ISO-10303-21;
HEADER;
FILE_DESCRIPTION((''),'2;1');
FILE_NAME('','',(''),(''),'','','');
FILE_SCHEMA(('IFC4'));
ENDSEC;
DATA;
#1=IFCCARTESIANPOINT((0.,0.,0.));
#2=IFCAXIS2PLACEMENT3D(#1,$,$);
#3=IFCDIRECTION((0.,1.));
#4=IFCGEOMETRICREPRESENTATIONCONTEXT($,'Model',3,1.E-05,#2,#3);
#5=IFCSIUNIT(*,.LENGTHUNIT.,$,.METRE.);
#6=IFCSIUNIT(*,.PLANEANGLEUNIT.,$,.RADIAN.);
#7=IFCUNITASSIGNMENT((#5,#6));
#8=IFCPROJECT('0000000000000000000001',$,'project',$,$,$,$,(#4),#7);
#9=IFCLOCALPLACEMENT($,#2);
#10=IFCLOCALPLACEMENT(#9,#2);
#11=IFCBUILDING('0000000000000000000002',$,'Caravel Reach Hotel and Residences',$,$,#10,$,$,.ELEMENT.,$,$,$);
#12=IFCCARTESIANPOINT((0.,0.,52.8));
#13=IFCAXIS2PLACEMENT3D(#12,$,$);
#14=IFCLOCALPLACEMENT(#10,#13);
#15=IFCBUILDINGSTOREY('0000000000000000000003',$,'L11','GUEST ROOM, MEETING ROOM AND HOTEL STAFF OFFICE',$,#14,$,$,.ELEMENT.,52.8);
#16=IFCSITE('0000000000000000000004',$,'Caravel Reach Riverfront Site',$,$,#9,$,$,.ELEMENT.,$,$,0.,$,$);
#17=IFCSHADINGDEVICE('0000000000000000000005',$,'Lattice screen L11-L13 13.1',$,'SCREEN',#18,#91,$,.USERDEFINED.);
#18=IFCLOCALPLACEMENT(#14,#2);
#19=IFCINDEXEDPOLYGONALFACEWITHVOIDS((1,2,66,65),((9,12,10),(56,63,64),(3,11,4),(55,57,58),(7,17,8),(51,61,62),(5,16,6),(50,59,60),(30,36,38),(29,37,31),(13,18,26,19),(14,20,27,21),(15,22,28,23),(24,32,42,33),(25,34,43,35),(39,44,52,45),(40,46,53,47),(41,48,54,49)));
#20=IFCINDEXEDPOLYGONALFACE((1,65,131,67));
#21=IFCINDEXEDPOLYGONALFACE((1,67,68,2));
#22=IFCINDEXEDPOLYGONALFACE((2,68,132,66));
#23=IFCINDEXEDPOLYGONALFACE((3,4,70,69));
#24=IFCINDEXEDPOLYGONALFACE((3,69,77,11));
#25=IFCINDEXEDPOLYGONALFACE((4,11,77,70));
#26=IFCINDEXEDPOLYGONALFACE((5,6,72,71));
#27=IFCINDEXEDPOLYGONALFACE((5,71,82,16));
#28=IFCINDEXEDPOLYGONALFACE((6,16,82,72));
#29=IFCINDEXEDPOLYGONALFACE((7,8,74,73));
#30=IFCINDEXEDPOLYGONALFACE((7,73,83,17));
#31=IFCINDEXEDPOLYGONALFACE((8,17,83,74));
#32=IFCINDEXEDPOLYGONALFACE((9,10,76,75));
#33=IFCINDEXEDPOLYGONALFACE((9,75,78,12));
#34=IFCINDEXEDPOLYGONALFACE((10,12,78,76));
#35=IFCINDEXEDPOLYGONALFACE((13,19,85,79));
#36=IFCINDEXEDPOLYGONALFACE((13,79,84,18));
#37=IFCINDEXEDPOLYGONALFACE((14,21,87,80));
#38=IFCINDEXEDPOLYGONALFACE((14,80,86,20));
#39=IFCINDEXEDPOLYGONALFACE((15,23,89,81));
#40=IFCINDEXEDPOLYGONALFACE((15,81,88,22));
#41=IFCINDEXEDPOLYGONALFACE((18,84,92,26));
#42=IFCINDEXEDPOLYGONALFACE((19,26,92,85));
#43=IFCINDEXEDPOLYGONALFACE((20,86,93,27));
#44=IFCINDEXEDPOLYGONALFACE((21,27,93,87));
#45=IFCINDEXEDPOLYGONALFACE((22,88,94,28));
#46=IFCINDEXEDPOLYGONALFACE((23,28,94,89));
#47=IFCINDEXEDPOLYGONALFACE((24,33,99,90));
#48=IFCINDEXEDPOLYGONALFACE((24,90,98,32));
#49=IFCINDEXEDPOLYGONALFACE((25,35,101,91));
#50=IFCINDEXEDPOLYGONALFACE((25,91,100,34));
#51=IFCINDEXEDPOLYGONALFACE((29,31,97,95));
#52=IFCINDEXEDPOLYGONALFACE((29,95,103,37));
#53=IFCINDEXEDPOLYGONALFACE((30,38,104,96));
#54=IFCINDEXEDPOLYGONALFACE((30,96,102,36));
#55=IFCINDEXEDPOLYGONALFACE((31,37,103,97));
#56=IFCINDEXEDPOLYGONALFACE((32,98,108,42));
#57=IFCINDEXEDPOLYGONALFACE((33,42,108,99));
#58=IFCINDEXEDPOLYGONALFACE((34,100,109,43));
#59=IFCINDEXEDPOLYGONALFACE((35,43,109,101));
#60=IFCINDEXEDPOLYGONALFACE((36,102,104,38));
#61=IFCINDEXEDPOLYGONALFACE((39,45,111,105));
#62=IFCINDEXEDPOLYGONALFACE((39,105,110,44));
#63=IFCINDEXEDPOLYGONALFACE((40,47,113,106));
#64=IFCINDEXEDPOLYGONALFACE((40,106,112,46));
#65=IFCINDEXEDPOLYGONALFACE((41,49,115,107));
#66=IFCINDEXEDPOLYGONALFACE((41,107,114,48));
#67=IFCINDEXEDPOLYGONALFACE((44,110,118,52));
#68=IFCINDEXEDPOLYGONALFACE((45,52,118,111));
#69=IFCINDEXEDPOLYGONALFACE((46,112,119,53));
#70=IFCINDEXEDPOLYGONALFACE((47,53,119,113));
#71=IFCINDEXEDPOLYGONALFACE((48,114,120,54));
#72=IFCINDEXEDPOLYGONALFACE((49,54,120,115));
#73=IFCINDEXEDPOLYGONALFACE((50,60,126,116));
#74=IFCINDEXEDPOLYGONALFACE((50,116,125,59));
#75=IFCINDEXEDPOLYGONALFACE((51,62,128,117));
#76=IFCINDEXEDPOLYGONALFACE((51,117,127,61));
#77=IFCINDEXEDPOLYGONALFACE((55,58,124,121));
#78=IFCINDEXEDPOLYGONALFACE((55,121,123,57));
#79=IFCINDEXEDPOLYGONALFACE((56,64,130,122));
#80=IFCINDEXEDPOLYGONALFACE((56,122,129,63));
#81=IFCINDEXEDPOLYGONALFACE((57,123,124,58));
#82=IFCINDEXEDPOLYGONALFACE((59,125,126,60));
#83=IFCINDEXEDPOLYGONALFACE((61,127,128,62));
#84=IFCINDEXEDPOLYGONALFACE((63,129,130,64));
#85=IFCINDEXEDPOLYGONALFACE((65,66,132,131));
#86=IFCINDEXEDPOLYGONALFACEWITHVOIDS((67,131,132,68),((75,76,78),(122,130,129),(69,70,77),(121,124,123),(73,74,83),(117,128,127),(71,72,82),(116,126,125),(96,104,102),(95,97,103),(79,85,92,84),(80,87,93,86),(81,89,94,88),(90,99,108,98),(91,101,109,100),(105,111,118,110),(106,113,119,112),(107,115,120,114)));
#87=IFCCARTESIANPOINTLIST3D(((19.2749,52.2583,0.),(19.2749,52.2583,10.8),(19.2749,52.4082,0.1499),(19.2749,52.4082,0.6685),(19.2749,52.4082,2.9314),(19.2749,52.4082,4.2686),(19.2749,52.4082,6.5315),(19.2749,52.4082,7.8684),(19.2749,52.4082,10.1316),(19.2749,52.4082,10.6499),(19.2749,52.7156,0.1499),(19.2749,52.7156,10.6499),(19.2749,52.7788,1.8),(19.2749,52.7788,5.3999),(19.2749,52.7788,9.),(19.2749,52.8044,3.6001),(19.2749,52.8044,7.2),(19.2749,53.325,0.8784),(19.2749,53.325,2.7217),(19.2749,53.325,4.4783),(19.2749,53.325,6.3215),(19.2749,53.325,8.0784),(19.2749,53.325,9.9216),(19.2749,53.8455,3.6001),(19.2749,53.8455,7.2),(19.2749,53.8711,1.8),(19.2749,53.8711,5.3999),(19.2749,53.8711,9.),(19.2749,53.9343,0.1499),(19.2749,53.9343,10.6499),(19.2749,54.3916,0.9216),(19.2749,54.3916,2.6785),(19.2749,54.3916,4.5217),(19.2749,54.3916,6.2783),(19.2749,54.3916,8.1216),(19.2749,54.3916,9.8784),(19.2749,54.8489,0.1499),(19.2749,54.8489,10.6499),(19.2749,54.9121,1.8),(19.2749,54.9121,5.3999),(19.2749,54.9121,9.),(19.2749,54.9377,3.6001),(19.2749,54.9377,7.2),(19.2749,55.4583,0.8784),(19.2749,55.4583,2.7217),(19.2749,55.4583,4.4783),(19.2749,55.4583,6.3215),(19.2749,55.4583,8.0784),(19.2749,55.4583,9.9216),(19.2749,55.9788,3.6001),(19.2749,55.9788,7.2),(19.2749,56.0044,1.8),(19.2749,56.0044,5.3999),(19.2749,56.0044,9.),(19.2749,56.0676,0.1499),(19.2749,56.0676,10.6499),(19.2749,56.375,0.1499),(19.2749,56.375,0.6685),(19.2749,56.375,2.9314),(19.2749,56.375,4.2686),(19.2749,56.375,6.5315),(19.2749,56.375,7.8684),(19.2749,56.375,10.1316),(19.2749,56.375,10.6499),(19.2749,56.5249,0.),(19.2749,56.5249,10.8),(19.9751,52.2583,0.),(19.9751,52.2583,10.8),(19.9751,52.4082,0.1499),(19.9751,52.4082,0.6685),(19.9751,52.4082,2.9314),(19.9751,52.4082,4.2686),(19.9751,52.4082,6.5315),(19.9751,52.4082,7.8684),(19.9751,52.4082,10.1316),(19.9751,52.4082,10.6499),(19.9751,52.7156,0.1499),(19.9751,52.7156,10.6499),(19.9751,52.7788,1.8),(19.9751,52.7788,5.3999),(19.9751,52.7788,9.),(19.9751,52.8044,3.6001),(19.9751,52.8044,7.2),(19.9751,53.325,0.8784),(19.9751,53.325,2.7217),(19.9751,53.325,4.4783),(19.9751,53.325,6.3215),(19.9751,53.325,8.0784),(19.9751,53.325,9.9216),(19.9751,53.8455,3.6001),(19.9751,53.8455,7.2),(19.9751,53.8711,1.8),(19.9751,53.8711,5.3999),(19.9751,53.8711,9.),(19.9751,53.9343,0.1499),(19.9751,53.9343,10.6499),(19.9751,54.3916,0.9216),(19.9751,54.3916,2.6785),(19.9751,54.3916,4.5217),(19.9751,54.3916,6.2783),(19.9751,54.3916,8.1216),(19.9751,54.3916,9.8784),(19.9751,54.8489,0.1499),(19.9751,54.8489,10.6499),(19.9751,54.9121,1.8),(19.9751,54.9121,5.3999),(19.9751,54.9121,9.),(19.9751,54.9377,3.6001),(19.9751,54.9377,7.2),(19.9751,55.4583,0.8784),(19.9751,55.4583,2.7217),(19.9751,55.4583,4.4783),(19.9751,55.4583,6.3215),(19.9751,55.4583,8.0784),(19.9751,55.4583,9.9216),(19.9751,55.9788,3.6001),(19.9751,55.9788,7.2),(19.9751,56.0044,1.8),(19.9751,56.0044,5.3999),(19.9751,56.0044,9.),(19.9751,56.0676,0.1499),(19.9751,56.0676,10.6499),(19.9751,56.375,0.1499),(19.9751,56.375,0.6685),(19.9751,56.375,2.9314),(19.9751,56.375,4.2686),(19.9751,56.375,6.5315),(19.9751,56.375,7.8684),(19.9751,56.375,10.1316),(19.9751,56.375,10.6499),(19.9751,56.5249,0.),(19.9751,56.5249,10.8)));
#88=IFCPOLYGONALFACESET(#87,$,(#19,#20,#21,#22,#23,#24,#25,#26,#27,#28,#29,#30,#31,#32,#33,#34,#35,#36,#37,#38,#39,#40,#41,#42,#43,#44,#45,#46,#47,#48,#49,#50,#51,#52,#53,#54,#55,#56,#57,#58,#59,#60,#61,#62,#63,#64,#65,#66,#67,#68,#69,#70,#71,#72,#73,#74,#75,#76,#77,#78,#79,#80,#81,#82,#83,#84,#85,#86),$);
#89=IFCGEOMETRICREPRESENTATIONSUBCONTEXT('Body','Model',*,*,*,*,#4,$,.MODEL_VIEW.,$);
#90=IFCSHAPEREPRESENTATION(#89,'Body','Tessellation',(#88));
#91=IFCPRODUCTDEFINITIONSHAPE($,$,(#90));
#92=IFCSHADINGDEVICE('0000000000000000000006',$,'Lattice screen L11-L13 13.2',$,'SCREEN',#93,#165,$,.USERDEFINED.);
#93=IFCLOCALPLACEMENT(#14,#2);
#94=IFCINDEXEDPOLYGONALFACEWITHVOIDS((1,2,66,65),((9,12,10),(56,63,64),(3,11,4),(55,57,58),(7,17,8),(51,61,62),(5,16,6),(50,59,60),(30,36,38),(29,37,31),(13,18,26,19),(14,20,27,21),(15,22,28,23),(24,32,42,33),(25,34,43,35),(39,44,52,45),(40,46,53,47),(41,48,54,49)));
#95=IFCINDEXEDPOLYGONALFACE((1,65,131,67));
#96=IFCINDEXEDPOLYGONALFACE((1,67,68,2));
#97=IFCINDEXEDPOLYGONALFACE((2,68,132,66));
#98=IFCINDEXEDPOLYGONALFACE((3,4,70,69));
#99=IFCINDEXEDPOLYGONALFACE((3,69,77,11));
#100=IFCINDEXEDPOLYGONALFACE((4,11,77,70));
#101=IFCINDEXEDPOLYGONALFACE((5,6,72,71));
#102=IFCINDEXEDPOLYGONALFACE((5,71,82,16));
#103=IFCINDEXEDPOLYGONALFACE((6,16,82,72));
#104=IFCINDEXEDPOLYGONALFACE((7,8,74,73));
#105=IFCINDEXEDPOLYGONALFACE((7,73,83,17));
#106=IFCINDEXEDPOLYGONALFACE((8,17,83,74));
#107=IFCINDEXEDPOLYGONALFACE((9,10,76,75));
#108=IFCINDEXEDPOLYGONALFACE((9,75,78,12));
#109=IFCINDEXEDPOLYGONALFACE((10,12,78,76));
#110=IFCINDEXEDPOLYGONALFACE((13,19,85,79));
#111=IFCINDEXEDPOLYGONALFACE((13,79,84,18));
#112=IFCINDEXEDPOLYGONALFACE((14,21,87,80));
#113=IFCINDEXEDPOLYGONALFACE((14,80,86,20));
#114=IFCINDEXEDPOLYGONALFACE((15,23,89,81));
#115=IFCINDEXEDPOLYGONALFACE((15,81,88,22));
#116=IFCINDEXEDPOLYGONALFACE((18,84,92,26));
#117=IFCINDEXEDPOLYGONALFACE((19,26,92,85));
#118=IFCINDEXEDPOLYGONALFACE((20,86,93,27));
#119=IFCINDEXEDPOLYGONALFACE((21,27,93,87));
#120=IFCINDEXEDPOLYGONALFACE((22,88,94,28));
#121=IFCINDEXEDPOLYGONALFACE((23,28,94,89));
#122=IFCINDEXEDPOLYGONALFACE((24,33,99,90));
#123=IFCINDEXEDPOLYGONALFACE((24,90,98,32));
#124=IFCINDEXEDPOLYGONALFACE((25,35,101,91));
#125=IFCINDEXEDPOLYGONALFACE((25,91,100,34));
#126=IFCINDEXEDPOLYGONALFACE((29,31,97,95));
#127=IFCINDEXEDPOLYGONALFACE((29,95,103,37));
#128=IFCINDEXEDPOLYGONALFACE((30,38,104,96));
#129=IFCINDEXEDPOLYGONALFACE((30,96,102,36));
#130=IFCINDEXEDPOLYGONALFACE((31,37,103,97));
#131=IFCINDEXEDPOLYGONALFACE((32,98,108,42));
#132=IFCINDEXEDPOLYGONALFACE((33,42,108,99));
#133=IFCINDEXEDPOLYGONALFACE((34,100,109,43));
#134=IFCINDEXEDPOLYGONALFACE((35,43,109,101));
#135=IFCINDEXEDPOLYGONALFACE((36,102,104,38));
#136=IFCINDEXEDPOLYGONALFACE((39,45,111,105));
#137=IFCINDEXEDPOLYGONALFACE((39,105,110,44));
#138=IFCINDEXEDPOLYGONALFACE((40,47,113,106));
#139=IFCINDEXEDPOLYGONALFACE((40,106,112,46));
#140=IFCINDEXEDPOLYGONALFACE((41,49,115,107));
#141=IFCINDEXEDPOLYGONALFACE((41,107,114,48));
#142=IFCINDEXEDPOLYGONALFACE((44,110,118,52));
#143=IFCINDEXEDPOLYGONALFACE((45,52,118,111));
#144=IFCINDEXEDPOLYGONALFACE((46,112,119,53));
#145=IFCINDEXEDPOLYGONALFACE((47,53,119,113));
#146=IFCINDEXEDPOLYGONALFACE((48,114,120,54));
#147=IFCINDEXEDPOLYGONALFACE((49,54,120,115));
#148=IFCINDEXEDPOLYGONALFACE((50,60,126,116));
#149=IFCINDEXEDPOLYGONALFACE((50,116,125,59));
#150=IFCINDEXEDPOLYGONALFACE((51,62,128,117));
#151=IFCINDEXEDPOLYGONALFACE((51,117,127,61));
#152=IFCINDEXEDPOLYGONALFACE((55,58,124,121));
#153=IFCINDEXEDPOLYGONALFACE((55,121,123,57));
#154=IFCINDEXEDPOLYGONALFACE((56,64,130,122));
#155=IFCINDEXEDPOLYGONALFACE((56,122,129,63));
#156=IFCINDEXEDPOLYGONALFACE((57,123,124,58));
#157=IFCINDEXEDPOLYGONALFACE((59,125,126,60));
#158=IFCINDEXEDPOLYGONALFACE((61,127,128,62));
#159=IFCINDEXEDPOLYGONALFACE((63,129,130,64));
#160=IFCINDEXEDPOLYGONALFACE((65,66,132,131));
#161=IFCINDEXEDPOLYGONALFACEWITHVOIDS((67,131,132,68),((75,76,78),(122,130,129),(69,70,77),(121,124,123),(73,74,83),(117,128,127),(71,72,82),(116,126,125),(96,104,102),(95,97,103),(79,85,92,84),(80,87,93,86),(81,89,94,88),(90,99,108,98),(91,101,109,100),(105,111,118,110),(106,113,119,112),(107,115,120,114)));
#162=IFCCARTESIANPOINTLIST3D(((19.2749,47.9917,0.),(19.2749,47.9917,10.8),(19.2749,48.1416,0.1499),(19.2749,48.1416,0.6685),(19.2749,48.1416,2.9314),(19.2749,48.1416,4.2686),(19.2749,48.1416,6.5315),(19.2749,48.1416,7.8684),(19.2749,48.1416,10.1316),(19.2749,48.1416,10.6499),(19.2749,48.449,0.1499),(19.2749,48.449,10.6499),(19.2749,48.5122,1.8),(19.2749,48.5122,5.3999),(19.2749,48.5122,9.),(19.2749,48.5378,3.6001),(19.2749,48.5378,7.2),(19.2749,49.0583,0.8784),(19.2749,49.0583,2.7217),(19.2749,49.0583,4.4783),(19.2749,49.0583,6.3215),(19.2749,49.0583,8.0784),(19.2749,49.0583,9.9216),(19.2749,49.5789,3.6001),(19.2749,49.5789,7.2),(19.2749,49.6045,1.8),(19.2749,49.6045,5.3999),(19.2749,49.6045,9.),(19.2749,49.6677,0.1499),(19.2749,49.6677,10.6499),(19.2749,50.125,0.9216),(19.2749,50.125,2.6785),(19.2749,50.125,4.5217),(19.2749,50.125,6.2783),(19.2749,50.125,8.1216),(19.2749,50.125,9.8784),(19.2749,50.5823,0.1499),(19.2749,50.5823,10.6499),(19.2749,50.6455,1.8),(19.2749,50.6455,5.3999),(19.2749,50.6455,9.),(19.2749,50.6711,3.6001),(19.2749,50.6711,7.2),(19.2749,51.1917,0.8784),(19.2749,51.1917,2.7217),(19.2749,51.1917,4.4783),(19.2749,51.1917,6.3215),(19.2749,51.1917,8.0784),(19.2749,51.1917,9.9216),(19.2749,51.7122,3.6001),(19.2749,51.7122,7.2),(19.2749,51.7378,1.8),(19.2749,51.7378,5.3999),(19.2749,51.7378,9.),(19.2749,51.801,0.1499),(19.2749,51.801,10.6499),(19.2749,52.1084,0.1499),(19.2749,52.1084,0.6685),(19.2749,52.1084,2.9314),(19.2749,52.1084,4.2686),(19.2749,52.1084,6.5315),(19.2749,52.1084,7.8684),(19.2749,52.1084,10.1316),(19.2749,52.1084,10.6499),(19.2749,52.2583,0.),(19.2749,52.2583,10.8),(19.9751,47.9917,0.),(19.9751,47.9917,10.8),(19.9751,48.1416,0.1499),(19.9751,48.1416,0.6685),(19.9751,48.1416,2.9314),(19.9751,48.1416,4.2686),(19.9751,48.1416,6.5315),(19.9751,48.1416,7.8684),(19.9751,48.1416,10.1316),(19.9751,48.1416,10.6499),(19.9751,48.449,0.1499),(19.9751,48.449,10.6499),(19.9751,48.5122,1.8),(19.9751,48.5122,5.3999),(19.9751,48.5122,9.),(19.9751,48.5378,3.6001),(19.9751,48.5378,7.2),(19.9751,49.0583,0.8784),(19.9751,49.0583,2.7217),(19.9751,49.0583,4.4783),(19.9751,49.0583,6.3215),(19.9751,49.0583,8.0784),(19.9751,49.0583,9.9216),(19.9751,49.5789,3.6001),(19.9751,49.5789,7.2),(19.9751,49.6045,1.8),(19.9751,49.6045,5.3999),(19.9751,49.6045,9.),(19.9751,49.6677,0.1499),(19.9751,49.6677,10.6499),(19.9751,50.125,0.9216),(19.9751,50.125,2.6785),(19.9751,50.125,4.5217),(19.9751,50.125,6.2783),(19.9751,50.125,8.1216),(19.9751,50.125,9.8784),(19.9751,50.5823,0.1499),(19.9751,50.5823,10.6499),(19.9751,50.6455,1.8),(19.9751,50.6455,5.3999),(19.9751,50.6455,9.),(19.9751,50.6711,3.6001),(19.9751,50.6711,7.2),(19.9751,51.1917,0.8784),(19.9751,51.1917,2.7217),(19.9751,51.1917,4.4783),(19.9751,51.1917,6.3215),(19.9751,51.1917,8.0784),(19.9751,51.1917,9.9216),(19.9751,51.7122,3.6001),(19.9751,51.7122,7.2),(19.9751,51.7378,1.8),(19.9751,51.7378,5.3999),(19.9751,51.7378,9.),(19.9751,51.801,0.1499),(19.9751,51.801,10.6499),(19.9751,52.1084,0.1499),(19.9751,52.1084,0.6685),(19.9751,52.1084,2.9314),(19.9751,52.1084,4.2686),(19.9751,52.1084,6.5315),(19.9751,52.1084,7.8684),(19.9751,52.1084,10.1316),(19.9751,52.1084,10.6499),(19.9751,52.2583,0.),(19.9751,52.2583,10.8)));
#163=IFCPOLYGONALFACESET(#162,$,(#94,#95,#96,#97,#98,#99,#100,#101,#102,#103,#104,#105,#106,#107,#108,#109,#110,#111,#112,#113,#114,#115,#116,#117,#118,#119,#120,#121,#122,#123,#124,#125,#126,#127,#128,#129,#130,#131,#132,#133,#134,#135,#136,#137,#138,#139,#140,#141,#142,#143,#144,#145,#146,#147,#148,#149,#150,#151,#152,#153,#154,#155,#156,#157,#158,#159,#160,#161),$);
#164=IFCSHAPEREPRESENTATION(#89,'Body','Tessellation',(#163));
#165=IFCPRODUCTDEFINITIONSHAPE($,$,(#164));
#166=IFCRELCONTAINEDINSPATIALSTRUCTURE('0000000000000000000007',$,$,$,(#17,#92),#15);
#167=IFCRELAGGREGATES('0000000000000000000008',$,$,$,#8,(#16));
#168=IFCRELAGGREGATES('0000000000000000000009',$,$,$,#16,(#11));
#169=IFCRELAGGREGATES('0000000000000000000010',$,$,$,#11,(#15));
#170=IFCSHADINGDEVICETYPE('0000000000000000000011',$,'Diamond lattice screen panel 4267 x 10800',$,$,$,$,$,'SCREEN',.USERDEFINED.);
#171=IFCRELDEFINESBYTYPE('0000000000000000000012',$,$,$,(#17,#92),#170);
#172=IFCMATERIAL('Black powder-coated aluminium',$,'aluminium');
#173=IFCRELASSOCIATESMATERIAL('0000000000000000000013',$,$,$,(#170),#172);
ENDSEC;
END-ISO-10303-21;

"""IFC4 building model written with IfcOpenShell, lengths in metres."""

from ifc_helpers import new_model, si_unit, direction, frame, origin, place, context, subcontext, project, spatial, polyline, outline, extrude, material, type_object, element, save


model = new_model("IFC4")

# Units and contexts
model_context = context("Model", 3, precision=1e-05, world=origin(), true_north=direction((0.0, 1.0)))
body_context = subcontext(model_context, "Body", "Model", "MODEL_VIEW")
ifc_project = project(units=[si_unit("LENGTHUNIT", "METRE"), si_unit("PLANEANGLEUNIT", "RADIAN")], contexts=[model_context])

# Site, building, storey
site_placement = place(None, origin())
site = spatial("IfcSite", under=ifc_project, at=site_placement, Name="Caravel Reach Riverfront Site", CompositionType="ELEMENT", RefElevation=0.0)
building_placement = place(site_placement, origin())
building = spatial("IfcBuilding", under=site, at=building_placement, Name="Caravel Reach Hotel and Residences", CompositionType="ELEMENT")
storey_placement = place(building_placement, frame((0.0, 0.0, 52.8)))
storey = spatial("IfcBuildingStorey", under=building, at=storey_placement, Name="L11", Description="GUEST ROOM, MEETING ROOM AND HOTEL STAFF OFFICE", CompositionType="ELEMENT", Elevation=52.8)

# Shading devices
ifc_material_1 = material(Name="Black powder-coated aluminium", Category="aluminium")
shading_device_type_1 = type_object("IfcShadingDeviceType", Name="Diamond lattice screen panel 4267 x 10800", ElementType="SCREEN", PredefinedType="USERDEFINED", material=ifc_material_1)
shading_device_1_placement = place(storey_placement, frame((19.9751, 56.5249, 0.0), z_axis=(-1.0, 0.0, 0.0), x_axis=(0.0, -1.0, 0.0)))
element("IfcShadingDevice", 1, at=shading_device_1_placement, inside=storey, type_object=shading_device_type_1, Name="Lattice screen L11-L13 13.1", ObjectType="SCREEN", PredefinedType="USERDEFINED", context=body_context, shape_type="SweptSolid", body=[
    extrude(outline(polyline([(0.0, 0.0), (4.2666, 0.0), (4.2666, 10.8), (0.0, 10.8), (0.0, 0.0)]), holes=[polyline([(0.4573, 0.1499), (0.1499, 0.6685), (0.1499, 0.1499), (0.4573, 0.1499)]), polyline([(0.5461, 3.6001), (0.1499, 4.2686), (0.1499, 2.9314), (0.5461, 3.6001)]), polyline([(0.5461, 7.2), (0.1499, 7.8684), (0.1499, 6.5315), (0.5461, 7.2)]), polyline([(0.1499, 10.1316), (0.4573, 10.6499), (0.1499, 10.6499), (0.1499, 10.1316)]), polyline([(1.0667, 2.7217), (0.5205, 1.8), (1.0667, 0.8784), (1.6128, 1.8), (1.0667, 2.7217)]), polyline([(1.0667, 6.3215), (0.5205, 5.3999), (1.0667, 4.4783), (1.6128, 5.3999), (1.0667, 6.3215)]), polyline([(1.0667, 9.9216), (0.5205, 9.0), (1.0667, 8.0784), (1.6128, 9.0), (1.0667, 9.9216)]), polyline([(2.1333, 0.9216), (1.676, 0.1499), (2.5906, 0.1499), (2.1333, 0.9216)]), polyline([(2.1333, 4.5217), (1.5872, 3.6001), (2.1333, 2.6785), (2.6794, 3.6001), (2.1333, 4.5217)]), polyline([(2.1333, 8.1216), (1.5872, 7.2), (2.1333, 6.2783), (2.6794, 7.2), (2.1333, 8.1216)]), polyline([(2.1333, 9.8784), (2.5906, 10.6499), (1.676, 10.6499), (2.1333, 9.8784)]), polyline([(3.2, 2.7217), (2.6538, 1.8), (3.2, 0.8784), (3.7461, 1.8), (3.2, 2.7217)]), polyline([(3.2, 6.3215), (2.6538, 5.3999), (3.2, 4.4783), (3.7461, 5.3999), (3.2, 6.3215)]), polyline([(3.2, 9.9216), (2.6538, 9.0), (3.2, 8.0784), (3.7461, 9.0), (3.2, 9.9216)]), polyline([(4.1167, 0.6685), (3.8093, 0.1499), (4.1167, 0.1499), (4.1167, 0.6685)]), polyline([(3.7205, 3.6001), (4.1167, 2.9314), (4.1167, 4.2686), (3.7205, 3.6001)]), polyline([(3.7205, 7.2), (4.1167, 6.5315), (4.1167, 7.8684), (3.7205, 7.2)]), polyline([(3.8093, 10.6499), (4.1167, 10.1316), (4.1167, 10.6499), (3.8093, 10.6499)])]), origin(), (0.0, 0.0, 1.0), 0.7002),
])
shading_device_2_placement = place(storey_placement, frame((19.9751, 52.2583, 0.0), z_axis=(-1.0, 0.0, 0.0), x_axis=(0.0, -1.0, 0.0)))
element("IfcShadingDevice", 2, at=shading_device_2_placement, inside=storey, type_object=shading_device_type_1, Name="Lattice screen L11-L13 13.2", ObjectType="SCREEN", PredefinedType="USERDEFINED", context=body_context, shape_type="SweptSolid", body=[
    extrude(outline(polyline([(0.0, 0.0), (4.2666, 0.0), (4.2666, 10.8), (0.0, 10.8), (0.0, 0.0)]), holes=[polyline([(0.4573, 0.1499), (0.1499, 0.6685), (0.1499, 0.1499), (0.4573, 0.1499)]), polyline([(0.5461, 3.6001), (0.1499, 4.2686), (0.1499, 2.9314), (0.5461, 3.6001)]), polyline([(0.5461, 7.2), (0.1499, 7.8684), (0.1499, 6.5315), (0.5461, 7.2)]), polyline([(0.1499, 10.1316), (0.4573, 10.6499), (0.1499, 10.6499), (0.1499, 10.1316)]), polyline([(1.0667, 2.7217), (0.5205, 1.8), (1.0667, 0.8784), (1.6128, 1.8), (1.0667, 2.7217)]), polyline([(1.0667, 6.3215), (0.5205, 5.3999), (1.0667, 4.4783), (1.6128, 5.3999), (1.0667, 6.3215)]), polyline([(1.0667, 9.9216), (0.5205, 9.0), (1.0667, 8.0784), (1.6128, 9.0), (1.0667, 9.9216)]), polyline([(2.1333, 0.9216), (1.676, 0.1499), (2.5906, 0.1499), (2.1333, 0.9216)]), polyline([(2.1333, 4.5217), (1.5872, 3.6001), (2.1333, 2.6785), (2.6794, 3.6001), (2.1333, 4.5217)]), polyline([(2.1333, 8.1216), (1.5872, 7.2), (2.1333, 6.2783), (2.6794, 7.2), (2.1333, 8.1216)]), polyline([(2.1333, 9.8784), (2.5906, 10.6499), (1.676, 10.6499), (2.1333, 9.8784)]), polyline([(3.2, 2.7217), (2.6538, 1.8), (3.2, 0.8784), (3.7461, 1.8), (3.2, 2.7217)]), polyline([(3.2, 6.3215), (2.6538, 5.3999), (3.2, 4.4783), (3.7461, 5.3999), (3.2, 6.3215)]), polyline([(3.2, 9.9216), (2.6538, 9.0), (3.2, 8.0784), (3.7461, 9.0), (3.2, 9.9216)]), polyline([(4.1167, 0.6685), (3.8093, 0.1499), (4.1167, 0.1499), (4.1167, 0.6685)]), polyline([(3.7205, 3.6001), (4.1167, 2.9314), (4.1167, 4.2686), (3.7205, 3.6001)]), polyline([(3.7205, 7.2), (4.1167, 6.5315), (4.1167, 7.8684), (3.7205, 7.2)]), polyline([(3.8093, 10.6499), (4.1167, 10.1316), (4.1167, 10.6499), (3.8093, 10.6499)])]), origin(), (0.0, 0.0, 1.0), 0.7002),
])

save(model, "model.ifc")
